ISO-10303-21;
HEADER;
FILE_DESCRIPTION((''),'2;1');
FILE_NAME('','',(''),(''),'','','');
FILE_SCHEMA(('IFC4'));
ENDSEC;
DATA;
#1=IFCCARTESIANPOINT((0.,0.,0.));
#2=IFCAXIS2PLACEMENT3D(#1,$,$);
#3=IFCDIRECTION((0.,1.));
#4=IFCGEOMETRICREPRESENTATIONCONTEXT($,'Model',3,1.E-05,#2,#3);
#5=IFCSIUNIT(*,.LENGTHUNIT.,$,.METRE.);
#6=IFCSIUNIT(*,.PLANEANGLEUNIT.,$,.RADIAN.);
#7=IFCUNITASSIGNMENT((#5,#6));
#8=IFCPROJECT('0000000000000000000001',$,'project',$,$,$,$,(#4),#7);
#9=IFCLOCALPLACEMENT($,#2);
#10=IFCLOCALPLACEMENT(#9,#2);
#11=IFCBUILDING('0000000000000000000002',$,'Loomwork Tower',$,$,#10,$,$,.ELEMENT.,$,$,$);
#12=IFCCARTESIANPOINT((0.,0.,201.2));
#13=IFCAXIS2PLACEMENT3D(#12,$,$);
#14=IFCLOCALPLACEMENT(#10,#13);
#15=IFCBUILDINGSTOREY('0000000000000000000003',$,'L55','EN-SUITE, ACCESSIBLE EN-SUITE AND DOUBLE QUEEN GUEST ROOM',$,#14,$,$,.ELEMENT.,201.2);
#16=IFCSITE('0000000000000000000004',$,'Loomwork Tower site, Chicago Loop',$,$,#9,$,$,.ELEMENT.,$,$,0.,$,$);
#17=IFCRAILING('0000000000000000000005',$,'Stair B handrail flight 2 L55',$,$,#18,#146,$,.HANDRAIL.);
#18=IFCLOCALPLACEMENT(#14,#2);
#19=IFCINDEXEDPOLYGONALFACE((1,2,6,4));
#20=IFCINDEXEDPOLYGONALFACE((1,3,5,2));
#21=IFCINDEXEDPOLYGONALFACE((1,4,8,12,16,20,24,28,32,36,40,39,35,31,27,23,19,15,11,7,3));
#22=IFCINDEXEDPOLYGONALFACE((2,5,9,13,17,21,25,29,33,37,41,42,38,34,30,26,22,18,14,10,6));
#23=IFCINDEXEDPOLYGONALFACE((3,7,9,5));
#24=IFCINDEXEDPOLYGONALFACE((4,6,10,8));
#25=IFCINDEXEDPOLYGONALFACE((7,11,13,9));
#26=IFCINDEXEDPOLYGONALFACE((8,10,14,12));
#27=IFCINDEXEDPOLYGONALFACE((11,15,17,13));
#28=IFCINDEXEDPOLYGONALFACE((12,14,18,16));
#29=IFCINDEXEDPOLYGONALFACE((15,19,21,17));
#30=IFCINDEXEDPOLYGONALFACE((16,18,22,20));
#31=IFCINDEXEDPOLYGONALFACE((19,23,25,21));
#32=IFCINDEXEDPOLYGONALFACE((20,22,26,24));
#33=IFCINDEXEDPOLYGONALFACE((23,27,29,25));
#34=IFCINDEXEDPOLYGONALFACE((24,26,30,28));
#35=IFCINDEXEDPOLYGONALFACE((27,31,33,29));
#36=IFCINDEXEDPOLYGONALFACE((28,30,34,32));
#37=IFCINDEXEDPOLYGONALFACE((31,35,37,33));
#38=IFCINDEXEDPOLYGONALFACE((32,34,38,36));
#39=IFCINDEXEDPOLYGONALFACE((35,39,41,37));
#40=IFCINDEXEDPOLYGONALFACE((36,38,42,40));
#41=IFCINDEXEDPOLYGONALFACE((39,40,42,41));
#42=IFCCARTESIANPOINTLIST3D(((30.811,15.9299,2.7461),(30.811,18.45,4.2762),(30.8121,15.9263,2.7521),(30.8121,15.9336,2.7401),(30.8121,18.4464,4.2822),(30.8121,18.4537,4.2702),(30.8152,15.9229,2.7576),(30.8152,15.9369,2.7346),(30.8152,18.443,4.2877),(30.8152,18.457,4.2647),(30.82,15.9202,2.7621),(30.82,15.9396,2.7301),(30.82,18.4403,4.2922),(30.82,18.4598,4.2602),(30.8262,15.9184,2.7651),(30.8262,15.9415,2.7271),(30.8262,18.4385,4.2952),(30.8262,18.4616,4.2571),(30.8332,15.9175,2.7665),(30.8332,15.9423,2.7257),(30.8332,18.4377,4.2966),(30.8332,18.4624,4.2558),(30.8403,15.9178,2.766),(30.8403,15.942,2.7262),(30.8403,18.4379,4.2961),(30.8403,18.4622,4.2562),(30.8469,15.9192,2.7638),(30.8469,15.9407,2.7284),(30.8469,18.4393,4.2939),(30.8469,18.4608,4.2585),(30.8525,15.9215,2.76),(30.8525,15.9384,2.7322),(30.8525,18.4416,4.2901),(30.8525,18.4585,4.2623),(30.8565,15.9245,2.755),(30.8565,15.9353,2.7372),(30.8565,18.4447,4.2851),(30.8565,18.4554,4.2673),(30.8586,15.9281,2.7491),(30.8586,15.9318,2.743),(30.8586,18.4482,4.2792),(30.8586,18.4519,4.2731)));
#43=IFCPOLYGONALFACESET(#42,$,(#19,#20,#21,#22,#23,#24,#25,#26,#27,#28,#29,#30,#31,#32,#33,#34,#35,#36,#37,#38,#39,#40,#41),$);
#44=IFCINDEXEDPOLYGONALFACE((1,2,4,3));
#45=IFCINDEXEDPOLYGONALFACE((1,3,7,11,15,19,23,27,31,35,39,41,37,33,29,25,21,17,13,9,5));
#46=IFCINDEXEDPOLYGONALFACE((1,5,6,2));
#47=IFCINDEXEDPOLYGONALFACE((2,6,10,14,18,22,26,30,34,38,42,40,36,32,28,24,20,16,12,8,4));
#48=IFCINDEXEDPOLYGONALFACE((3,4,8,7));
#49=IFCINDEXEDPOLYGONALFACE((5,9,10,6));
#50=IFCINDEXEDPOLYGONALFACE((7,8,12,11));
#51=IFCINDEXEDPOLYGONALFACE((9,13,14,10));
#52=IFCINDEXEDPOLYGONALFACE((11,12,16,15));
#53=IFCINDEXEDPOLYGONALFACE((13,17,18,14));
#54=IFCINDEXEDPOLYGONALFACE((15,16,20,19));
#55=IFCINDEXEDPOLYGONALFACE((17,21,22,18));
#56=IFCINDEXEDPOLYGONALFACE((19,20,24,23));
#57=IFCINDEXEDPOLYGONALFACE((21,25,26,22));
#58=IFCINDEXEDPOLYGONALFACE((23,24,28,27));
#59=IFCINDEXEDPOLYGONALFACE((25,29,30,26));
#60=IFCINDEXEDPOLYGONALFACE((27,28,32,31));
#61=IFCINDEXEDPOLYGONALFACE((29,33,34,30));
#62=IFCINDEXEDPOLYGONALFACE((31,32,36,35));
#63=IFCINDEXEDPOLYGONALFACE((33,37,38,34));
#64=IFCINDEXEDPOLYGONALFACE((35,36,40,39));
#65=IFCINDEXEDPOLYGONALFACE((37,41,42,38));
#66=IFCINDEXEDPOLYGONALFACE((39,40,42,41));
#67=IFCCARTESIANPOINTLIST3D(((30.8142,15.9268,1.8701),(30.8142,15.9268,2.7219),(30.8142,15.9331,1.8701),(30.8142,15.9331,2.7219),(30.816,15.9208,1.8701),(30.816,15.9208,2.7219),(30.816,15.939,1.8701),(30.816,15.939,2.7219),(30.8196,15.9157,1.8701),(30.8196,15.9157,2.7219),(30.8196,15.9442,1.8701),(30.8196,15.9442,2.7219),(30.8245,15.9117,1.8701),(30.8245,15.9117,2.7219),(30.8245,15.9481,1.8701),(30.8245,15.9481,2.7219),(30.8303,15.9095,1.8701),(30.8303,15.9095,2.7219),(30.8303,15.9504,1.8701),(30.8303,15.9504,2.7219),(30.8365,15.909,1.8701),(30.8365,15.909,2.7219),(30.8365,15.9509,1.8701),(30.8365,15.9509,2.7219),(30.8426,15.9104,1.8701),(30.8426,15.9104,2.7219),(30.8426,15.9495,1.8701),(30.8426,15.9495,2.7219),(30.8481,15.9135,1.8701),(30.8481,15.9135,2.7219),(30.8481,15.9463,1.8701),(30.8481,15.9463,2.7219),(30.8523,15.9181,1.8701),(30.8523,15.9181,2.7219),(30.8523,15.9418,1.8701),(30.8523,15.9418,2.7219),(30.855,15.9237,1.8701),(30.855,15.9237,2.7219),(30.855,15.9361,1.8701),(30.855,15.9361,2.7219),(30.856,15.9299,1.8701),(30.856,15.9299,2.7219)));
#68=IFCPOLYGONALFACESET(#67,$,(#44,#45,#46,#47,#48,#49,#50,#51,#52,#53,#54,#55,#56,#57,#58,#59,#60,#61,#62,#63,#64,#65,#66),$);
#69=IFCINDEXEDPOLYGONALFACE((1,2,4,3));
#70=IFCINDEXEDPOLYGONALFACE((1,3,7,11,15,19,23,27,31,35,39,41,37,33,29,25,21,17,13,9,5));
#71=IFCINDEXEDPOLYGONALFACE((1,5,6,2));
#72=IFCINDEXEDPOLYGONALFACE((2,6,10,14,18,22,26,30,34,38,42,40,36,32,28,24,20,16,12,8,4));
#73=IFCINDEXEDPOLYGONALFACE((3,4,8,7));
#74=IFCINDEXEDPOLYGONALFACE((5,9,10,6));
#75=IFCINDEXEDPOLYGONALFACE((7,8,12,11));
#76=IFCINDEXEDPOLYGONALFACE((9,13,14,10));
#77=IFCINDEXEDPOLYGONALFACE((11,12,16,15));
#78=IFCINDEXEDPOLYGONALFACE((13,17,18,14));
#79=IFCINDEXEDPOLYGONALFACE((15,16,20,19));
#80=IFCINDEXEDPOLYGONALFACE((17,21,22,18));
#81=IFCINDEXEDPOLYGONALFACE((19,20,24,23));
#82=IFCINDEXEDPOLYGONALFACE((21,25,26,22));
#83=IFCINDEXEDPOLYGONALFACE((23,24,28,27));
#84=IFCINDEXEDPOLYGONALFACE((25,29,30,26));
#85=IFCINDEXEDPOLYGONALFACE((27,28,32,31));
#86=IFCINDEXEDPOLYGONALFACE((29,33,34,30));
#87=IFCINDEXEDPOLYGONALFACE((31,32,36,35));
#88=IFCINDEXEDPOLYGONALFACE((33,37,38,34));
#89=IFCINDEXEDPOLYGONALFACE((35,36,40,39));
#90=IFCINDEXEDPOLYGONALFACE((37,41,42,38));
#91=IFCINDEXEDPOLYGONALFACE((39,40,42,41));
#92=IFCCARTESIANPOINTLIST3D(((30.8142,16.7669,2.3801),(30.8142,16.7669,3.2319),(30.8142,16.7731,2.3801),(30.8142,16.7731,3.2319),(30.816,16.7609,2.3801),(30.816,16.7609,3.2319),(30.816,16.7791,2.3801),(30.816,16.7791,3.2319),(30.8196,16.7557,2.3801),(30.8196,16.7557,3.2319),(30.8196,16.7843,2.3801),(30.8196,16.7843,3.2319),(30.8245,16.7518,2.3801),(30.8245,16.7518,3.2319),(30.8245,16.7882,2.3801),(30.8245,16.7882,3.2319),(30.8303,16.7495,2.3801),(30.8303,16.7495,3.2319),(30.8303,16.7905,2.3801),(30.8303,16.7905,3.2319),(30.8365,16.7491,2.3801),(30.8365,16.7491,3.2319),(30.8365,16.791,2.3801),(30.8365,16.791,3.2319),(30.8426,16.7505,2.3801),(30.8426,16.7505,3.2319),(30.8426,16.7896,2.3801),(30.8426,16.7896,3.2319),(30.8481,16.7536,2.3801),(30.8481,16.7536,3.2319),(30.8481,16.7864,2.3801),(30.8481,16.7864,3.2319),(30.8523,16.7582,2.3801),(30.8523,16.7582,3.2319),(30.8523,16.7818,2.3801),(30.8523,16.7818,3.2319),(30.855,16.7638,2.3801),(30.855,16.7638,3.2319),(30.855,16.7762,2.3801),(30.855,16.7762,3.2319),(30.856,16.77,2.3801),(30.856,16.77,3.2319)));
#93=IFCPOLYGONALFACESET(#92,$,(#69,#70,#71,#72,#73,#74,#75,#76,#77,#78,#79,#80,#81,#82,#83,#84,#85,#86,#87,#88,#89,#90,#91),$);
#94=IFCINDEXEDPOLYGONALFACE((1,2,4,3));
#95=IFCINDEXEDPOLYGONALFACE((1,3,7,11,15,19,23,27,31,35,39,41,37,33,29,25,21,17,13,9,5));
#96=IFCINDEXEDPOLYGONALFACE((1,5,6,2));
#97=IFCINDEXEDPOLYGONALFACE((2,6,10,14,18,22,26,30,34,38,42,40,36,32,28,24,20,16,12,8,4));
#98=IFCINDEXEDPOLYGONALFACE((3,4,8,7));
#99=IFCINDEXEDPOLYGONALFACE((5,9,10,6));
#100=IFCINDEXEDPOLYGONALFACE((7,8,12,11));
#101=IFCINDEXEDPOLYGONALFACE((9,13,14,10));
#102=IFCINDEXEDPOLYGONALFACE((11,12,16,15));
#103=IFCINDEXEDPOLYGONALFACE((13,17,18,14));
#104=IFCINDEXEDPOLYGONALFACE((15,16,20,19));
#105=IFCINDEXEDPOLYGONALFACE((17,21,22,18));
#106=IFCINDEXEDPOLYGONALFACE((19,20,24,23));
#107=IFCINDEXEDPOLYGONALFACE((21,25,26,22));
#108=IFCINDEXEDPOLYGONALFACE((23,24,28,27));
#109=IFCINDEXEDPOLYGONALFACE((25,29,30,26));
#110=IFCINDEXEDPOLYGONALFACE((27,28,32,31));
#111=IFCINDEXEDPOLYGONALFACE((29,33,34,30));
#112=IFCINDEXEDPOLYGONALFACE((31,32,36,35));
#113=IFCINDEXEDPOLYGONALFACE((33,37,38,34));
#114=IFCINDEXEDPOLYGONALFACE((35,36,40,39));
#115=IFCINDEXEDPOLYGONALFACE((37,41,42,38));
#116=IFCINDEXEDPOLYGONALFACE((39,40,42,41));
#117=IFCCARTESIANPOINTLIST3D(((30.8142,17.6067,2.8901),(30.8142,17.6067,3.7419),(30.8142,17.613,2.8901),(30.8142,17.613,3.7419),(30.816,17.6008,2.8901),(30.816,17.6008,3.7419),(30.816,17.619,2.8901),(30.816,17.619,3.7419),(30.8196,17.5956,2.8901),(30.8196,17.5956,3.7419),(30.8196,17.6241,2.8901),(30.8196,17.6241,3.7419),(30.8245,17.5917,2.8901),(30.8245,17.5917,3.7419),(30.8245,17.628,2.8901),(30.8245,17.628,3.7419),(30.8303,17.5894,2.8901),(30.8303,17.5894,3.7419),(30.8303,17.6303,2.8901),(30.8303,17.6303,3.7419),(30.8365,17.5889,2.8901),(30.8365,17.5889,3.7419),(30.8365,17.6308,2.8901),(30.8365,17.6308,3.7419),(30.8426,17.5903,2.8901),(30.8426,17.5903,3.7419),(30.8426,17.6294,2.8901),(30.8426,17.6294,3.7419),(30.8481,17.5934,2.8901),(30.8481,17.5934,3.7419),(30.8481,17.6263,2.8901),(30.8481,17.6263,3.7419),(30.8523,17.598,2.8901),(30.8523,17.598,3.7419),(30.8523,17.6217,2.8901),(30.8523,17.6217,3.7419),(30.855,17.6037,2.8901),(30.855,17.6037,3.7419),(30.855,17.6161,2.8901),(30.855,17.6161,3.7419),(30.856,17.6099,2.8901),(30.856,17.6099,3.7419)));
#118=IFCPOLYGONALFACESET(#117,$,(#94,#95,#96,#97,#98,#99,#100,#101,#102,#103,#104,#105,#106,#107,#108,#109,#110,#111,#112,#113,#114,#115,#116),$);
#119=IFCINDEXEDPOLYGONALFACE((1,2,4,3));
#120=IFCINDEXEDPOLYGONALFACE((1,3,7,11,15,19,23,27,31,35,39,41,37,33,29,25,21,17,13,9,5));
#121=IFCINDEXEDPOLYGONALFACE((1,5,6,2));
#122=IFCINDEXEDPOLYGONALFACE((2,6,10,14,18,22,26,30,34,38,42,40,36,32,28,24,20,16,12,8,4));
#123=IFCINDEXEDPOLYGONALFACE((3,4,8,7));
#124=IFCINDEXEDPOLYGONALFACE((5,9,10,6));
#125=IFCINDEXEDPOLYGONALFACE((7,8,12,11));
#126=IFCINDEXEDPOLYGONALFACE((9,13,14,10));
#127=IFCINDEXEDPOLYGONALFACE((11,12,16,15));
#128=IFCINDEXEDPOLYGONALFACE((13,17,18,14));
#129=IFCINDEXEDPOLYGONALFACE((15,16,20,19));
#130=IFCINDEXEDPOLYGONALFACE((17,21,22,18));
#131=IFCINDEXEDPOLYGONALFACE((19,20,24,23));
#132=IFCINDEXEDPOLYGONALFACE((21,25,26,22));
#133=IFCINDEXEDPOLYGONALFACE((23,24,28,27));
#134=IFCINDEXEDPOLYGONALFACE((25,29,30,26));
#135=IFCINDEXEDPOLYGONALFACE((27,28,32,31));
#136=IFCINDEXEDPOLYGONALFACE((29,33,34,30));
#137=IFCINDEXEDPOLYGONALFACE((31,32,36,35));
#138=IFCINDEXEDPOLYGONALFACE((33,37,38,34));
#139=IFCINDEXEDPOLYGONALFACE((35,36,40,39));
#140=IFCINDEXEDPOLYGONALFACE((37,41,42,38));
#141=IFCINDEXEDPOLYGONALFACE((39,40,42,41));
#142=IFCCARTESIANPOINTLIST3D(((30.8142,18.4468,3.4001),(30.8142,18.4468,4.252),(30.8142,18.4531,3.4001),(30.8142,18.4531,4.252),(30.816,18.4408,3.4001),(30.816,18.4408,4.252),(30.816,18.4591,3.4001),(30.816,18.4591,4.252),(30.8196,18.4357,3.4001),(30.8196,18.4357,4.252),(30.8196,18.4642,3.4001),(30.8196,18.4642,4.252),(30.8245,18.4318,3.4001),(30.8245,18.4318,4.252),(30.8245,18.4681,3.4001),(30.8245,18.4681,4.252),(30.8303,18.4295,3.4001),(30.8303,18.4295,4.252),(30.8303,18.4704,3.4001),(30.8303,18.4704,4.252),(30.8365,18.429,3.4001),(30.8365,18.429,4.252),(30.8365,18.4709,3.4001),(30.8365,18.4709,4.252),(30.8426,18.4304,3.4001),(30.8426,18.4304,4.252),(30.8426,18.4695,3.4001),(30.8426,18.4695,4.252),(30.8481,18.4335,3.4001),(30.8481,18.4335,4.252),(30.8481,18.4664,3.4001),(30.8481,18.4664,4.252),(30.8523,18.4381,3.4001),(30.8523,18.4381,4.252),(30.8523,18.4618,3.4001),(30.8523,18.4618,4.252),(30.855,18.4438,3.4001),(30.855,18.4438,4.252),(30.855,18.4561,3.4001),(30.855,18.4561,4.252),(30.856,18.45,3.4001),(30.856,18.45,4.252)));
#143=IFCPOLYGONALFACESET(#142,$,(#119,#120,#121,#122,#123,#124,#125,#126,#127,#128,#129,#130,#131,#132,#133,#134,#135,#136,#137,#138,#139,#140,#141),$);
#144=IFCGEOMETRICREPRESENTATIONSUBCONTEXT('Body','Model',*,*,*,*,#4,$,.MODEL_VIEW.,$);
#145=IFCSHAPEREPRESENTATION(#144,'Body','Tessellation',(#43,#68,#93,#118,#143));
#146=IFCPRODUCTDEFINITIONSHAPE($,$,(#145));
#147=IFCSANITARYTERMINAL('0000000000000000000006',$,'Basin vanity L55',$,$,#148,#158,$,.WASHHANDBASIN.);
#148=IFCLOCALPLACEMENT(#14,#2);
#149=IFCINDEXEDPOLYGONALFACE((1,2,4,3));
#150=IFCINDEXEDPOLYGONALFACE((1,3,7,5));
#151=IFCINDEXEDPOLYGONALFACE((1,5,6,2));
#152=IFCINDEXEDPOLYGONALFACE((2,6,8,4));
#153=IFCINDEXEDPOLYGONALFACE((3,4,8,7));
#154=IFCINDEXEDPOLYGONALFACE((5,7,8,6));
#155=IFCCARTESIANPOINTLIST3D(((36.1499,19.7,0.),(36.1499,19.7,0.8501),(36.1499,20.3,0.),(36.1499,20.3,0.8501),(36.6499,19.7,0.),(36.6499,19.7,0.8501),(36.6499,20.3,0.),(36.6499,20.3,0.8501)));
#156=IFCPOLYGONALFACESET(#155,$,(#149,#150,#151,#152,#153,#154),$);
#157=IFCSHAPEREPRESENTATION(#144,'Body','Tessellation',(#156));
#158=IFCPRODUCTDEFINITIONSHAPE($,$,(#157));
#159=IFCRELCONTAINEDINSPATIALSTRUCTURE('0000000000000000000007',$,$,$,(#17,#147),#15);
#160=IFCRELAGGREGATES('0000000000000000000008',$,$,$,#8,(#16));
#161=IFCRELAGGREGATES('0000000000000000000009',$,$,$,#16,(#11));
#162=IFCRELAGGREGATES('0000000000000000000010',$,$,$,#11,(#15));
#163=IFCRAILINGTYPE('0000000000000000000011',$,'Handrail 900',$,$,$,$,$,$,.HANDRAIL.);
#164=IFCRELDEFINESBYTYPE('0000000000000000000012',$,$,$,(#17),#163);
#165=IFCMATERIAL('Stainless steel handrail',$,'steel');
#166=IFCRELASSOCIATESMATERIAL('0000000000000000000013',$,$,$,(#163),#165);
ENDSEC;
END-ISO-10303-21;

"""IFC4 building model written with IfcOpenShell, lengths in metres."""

from ifc_helpers import new_model, si_unit, direction, frame, origin, origin_2d, place, context, subcontext, project, spatial, rectangle, circle, extrude, material, type_object, element, save


model = new_model("IFC4")

# Units and contexts
model_context = context("Model", 3, precision=1e-05, world=origin(), true_north=direction((0.0, 1.0)))
body_context = subcontext(model_context, "Body", "Model", "MODEL_VIEW")
ifc_project = project(units=[si_unit("LENGTHUNIT", "METRE"), si_unit("PLANEANGLEUNIT", "RADIAN")], contexts=[model_context])

# Site, building, storey
site_placement = place(None, origin())
site = spatial("IfcSite", under=ifc_project, at=site_placement, Name="Loomwork Tower site, Chicago Loop", CompositionType="ELEMENT", RefElevation=0.0)
building_placement = place(site_placement, origin())
building = spatial("IfcBuilding", under=site, at=building_placement, Name="Loomwork Tower", CompositionType="ELEMENT")
storey_placement = place(building_placement, frame((0.0, 0.0, 201.2)))
storey = spatial("IfcBuildingStorey", under=building, at=storey_placement, Name="L55", Description="EN-SUITE, ACCESSIBLE EN-SUITE AND DOUBLE QUEEN GUEST ROOM", CompositionType="ELEMENT", Elevation=201.2)

# Railing
ifc_material_1 = material(Name="Stainless steel handrail", Category="steel")
railing_type = type_object("IfcRailingType", Name="Handrail 900", PredefinedType="HANDRAIL", material=ifc_material_1)
railing_1_placement = place(storey_placement, frame((30.835, 15.9299, 1.8701)))
element("IfcRailing", 1, at=railing_1_placement, inside=storey, type_object=railing_type, Name="Stair B handrail flight 2 L55", PredefinedType="HANDRAIL", context=body_context, shape_type="SweptSolid", body=[
    extrude(circle(Radius=0.0239, at=origin_2d()), frame((0.0, 0.0, 0.876), z_axis=(0.0, 0.854785, 0.518982), x_axis=(-1.0, 0.0, 0.0)), (0.0, 0.0, 1.0), 2.9482),
    extrude(circle(Radius=0.021, at=origin_2d()), origin(), (0.0, 0.0, 1.0), 0.8518),
    extrude(circle(Radius=0.021, at=origin_2d()), frame((0.0, 0.8401, 0.51)), (0.0, 0.0, 1.0), 0.8518),
    extrude(circle(Radius=0.021, at=origin_2d()), frame((0.0, 1.6799, 1.02)), (0.0, 0.0, 1.0), 0.8518),
    extrude(circle(Radius=0.021, at=origin_2d()), frame((0.0, 2.52, 1.53)), (0.0, 0.0, 1.0), 0.8518),
])

# Sanitary terminal
sanitary_terminal_placement = place(storey_placement, frame((36.3999, 20.0, 0.0), z_axis=(0.0, 0.0, 1.0), x_axis=(1.0, 0.0, 0.0)))
element("IfcSanitaryTerminal", 2, at=sanitary_terminal_placement, inside=storey, Name="Basin vanity L55", PredefinedType="WASHHANDBASIN", context=body_context, shape_type="SweptSolid", body=[
    extrude(rectangle(XDim=0.5, YDim=0.6001, at=origin_2d()), origin(), (0.0, 0.0, 1.0), 0.8501),
])

save(model, "model.ifc")
